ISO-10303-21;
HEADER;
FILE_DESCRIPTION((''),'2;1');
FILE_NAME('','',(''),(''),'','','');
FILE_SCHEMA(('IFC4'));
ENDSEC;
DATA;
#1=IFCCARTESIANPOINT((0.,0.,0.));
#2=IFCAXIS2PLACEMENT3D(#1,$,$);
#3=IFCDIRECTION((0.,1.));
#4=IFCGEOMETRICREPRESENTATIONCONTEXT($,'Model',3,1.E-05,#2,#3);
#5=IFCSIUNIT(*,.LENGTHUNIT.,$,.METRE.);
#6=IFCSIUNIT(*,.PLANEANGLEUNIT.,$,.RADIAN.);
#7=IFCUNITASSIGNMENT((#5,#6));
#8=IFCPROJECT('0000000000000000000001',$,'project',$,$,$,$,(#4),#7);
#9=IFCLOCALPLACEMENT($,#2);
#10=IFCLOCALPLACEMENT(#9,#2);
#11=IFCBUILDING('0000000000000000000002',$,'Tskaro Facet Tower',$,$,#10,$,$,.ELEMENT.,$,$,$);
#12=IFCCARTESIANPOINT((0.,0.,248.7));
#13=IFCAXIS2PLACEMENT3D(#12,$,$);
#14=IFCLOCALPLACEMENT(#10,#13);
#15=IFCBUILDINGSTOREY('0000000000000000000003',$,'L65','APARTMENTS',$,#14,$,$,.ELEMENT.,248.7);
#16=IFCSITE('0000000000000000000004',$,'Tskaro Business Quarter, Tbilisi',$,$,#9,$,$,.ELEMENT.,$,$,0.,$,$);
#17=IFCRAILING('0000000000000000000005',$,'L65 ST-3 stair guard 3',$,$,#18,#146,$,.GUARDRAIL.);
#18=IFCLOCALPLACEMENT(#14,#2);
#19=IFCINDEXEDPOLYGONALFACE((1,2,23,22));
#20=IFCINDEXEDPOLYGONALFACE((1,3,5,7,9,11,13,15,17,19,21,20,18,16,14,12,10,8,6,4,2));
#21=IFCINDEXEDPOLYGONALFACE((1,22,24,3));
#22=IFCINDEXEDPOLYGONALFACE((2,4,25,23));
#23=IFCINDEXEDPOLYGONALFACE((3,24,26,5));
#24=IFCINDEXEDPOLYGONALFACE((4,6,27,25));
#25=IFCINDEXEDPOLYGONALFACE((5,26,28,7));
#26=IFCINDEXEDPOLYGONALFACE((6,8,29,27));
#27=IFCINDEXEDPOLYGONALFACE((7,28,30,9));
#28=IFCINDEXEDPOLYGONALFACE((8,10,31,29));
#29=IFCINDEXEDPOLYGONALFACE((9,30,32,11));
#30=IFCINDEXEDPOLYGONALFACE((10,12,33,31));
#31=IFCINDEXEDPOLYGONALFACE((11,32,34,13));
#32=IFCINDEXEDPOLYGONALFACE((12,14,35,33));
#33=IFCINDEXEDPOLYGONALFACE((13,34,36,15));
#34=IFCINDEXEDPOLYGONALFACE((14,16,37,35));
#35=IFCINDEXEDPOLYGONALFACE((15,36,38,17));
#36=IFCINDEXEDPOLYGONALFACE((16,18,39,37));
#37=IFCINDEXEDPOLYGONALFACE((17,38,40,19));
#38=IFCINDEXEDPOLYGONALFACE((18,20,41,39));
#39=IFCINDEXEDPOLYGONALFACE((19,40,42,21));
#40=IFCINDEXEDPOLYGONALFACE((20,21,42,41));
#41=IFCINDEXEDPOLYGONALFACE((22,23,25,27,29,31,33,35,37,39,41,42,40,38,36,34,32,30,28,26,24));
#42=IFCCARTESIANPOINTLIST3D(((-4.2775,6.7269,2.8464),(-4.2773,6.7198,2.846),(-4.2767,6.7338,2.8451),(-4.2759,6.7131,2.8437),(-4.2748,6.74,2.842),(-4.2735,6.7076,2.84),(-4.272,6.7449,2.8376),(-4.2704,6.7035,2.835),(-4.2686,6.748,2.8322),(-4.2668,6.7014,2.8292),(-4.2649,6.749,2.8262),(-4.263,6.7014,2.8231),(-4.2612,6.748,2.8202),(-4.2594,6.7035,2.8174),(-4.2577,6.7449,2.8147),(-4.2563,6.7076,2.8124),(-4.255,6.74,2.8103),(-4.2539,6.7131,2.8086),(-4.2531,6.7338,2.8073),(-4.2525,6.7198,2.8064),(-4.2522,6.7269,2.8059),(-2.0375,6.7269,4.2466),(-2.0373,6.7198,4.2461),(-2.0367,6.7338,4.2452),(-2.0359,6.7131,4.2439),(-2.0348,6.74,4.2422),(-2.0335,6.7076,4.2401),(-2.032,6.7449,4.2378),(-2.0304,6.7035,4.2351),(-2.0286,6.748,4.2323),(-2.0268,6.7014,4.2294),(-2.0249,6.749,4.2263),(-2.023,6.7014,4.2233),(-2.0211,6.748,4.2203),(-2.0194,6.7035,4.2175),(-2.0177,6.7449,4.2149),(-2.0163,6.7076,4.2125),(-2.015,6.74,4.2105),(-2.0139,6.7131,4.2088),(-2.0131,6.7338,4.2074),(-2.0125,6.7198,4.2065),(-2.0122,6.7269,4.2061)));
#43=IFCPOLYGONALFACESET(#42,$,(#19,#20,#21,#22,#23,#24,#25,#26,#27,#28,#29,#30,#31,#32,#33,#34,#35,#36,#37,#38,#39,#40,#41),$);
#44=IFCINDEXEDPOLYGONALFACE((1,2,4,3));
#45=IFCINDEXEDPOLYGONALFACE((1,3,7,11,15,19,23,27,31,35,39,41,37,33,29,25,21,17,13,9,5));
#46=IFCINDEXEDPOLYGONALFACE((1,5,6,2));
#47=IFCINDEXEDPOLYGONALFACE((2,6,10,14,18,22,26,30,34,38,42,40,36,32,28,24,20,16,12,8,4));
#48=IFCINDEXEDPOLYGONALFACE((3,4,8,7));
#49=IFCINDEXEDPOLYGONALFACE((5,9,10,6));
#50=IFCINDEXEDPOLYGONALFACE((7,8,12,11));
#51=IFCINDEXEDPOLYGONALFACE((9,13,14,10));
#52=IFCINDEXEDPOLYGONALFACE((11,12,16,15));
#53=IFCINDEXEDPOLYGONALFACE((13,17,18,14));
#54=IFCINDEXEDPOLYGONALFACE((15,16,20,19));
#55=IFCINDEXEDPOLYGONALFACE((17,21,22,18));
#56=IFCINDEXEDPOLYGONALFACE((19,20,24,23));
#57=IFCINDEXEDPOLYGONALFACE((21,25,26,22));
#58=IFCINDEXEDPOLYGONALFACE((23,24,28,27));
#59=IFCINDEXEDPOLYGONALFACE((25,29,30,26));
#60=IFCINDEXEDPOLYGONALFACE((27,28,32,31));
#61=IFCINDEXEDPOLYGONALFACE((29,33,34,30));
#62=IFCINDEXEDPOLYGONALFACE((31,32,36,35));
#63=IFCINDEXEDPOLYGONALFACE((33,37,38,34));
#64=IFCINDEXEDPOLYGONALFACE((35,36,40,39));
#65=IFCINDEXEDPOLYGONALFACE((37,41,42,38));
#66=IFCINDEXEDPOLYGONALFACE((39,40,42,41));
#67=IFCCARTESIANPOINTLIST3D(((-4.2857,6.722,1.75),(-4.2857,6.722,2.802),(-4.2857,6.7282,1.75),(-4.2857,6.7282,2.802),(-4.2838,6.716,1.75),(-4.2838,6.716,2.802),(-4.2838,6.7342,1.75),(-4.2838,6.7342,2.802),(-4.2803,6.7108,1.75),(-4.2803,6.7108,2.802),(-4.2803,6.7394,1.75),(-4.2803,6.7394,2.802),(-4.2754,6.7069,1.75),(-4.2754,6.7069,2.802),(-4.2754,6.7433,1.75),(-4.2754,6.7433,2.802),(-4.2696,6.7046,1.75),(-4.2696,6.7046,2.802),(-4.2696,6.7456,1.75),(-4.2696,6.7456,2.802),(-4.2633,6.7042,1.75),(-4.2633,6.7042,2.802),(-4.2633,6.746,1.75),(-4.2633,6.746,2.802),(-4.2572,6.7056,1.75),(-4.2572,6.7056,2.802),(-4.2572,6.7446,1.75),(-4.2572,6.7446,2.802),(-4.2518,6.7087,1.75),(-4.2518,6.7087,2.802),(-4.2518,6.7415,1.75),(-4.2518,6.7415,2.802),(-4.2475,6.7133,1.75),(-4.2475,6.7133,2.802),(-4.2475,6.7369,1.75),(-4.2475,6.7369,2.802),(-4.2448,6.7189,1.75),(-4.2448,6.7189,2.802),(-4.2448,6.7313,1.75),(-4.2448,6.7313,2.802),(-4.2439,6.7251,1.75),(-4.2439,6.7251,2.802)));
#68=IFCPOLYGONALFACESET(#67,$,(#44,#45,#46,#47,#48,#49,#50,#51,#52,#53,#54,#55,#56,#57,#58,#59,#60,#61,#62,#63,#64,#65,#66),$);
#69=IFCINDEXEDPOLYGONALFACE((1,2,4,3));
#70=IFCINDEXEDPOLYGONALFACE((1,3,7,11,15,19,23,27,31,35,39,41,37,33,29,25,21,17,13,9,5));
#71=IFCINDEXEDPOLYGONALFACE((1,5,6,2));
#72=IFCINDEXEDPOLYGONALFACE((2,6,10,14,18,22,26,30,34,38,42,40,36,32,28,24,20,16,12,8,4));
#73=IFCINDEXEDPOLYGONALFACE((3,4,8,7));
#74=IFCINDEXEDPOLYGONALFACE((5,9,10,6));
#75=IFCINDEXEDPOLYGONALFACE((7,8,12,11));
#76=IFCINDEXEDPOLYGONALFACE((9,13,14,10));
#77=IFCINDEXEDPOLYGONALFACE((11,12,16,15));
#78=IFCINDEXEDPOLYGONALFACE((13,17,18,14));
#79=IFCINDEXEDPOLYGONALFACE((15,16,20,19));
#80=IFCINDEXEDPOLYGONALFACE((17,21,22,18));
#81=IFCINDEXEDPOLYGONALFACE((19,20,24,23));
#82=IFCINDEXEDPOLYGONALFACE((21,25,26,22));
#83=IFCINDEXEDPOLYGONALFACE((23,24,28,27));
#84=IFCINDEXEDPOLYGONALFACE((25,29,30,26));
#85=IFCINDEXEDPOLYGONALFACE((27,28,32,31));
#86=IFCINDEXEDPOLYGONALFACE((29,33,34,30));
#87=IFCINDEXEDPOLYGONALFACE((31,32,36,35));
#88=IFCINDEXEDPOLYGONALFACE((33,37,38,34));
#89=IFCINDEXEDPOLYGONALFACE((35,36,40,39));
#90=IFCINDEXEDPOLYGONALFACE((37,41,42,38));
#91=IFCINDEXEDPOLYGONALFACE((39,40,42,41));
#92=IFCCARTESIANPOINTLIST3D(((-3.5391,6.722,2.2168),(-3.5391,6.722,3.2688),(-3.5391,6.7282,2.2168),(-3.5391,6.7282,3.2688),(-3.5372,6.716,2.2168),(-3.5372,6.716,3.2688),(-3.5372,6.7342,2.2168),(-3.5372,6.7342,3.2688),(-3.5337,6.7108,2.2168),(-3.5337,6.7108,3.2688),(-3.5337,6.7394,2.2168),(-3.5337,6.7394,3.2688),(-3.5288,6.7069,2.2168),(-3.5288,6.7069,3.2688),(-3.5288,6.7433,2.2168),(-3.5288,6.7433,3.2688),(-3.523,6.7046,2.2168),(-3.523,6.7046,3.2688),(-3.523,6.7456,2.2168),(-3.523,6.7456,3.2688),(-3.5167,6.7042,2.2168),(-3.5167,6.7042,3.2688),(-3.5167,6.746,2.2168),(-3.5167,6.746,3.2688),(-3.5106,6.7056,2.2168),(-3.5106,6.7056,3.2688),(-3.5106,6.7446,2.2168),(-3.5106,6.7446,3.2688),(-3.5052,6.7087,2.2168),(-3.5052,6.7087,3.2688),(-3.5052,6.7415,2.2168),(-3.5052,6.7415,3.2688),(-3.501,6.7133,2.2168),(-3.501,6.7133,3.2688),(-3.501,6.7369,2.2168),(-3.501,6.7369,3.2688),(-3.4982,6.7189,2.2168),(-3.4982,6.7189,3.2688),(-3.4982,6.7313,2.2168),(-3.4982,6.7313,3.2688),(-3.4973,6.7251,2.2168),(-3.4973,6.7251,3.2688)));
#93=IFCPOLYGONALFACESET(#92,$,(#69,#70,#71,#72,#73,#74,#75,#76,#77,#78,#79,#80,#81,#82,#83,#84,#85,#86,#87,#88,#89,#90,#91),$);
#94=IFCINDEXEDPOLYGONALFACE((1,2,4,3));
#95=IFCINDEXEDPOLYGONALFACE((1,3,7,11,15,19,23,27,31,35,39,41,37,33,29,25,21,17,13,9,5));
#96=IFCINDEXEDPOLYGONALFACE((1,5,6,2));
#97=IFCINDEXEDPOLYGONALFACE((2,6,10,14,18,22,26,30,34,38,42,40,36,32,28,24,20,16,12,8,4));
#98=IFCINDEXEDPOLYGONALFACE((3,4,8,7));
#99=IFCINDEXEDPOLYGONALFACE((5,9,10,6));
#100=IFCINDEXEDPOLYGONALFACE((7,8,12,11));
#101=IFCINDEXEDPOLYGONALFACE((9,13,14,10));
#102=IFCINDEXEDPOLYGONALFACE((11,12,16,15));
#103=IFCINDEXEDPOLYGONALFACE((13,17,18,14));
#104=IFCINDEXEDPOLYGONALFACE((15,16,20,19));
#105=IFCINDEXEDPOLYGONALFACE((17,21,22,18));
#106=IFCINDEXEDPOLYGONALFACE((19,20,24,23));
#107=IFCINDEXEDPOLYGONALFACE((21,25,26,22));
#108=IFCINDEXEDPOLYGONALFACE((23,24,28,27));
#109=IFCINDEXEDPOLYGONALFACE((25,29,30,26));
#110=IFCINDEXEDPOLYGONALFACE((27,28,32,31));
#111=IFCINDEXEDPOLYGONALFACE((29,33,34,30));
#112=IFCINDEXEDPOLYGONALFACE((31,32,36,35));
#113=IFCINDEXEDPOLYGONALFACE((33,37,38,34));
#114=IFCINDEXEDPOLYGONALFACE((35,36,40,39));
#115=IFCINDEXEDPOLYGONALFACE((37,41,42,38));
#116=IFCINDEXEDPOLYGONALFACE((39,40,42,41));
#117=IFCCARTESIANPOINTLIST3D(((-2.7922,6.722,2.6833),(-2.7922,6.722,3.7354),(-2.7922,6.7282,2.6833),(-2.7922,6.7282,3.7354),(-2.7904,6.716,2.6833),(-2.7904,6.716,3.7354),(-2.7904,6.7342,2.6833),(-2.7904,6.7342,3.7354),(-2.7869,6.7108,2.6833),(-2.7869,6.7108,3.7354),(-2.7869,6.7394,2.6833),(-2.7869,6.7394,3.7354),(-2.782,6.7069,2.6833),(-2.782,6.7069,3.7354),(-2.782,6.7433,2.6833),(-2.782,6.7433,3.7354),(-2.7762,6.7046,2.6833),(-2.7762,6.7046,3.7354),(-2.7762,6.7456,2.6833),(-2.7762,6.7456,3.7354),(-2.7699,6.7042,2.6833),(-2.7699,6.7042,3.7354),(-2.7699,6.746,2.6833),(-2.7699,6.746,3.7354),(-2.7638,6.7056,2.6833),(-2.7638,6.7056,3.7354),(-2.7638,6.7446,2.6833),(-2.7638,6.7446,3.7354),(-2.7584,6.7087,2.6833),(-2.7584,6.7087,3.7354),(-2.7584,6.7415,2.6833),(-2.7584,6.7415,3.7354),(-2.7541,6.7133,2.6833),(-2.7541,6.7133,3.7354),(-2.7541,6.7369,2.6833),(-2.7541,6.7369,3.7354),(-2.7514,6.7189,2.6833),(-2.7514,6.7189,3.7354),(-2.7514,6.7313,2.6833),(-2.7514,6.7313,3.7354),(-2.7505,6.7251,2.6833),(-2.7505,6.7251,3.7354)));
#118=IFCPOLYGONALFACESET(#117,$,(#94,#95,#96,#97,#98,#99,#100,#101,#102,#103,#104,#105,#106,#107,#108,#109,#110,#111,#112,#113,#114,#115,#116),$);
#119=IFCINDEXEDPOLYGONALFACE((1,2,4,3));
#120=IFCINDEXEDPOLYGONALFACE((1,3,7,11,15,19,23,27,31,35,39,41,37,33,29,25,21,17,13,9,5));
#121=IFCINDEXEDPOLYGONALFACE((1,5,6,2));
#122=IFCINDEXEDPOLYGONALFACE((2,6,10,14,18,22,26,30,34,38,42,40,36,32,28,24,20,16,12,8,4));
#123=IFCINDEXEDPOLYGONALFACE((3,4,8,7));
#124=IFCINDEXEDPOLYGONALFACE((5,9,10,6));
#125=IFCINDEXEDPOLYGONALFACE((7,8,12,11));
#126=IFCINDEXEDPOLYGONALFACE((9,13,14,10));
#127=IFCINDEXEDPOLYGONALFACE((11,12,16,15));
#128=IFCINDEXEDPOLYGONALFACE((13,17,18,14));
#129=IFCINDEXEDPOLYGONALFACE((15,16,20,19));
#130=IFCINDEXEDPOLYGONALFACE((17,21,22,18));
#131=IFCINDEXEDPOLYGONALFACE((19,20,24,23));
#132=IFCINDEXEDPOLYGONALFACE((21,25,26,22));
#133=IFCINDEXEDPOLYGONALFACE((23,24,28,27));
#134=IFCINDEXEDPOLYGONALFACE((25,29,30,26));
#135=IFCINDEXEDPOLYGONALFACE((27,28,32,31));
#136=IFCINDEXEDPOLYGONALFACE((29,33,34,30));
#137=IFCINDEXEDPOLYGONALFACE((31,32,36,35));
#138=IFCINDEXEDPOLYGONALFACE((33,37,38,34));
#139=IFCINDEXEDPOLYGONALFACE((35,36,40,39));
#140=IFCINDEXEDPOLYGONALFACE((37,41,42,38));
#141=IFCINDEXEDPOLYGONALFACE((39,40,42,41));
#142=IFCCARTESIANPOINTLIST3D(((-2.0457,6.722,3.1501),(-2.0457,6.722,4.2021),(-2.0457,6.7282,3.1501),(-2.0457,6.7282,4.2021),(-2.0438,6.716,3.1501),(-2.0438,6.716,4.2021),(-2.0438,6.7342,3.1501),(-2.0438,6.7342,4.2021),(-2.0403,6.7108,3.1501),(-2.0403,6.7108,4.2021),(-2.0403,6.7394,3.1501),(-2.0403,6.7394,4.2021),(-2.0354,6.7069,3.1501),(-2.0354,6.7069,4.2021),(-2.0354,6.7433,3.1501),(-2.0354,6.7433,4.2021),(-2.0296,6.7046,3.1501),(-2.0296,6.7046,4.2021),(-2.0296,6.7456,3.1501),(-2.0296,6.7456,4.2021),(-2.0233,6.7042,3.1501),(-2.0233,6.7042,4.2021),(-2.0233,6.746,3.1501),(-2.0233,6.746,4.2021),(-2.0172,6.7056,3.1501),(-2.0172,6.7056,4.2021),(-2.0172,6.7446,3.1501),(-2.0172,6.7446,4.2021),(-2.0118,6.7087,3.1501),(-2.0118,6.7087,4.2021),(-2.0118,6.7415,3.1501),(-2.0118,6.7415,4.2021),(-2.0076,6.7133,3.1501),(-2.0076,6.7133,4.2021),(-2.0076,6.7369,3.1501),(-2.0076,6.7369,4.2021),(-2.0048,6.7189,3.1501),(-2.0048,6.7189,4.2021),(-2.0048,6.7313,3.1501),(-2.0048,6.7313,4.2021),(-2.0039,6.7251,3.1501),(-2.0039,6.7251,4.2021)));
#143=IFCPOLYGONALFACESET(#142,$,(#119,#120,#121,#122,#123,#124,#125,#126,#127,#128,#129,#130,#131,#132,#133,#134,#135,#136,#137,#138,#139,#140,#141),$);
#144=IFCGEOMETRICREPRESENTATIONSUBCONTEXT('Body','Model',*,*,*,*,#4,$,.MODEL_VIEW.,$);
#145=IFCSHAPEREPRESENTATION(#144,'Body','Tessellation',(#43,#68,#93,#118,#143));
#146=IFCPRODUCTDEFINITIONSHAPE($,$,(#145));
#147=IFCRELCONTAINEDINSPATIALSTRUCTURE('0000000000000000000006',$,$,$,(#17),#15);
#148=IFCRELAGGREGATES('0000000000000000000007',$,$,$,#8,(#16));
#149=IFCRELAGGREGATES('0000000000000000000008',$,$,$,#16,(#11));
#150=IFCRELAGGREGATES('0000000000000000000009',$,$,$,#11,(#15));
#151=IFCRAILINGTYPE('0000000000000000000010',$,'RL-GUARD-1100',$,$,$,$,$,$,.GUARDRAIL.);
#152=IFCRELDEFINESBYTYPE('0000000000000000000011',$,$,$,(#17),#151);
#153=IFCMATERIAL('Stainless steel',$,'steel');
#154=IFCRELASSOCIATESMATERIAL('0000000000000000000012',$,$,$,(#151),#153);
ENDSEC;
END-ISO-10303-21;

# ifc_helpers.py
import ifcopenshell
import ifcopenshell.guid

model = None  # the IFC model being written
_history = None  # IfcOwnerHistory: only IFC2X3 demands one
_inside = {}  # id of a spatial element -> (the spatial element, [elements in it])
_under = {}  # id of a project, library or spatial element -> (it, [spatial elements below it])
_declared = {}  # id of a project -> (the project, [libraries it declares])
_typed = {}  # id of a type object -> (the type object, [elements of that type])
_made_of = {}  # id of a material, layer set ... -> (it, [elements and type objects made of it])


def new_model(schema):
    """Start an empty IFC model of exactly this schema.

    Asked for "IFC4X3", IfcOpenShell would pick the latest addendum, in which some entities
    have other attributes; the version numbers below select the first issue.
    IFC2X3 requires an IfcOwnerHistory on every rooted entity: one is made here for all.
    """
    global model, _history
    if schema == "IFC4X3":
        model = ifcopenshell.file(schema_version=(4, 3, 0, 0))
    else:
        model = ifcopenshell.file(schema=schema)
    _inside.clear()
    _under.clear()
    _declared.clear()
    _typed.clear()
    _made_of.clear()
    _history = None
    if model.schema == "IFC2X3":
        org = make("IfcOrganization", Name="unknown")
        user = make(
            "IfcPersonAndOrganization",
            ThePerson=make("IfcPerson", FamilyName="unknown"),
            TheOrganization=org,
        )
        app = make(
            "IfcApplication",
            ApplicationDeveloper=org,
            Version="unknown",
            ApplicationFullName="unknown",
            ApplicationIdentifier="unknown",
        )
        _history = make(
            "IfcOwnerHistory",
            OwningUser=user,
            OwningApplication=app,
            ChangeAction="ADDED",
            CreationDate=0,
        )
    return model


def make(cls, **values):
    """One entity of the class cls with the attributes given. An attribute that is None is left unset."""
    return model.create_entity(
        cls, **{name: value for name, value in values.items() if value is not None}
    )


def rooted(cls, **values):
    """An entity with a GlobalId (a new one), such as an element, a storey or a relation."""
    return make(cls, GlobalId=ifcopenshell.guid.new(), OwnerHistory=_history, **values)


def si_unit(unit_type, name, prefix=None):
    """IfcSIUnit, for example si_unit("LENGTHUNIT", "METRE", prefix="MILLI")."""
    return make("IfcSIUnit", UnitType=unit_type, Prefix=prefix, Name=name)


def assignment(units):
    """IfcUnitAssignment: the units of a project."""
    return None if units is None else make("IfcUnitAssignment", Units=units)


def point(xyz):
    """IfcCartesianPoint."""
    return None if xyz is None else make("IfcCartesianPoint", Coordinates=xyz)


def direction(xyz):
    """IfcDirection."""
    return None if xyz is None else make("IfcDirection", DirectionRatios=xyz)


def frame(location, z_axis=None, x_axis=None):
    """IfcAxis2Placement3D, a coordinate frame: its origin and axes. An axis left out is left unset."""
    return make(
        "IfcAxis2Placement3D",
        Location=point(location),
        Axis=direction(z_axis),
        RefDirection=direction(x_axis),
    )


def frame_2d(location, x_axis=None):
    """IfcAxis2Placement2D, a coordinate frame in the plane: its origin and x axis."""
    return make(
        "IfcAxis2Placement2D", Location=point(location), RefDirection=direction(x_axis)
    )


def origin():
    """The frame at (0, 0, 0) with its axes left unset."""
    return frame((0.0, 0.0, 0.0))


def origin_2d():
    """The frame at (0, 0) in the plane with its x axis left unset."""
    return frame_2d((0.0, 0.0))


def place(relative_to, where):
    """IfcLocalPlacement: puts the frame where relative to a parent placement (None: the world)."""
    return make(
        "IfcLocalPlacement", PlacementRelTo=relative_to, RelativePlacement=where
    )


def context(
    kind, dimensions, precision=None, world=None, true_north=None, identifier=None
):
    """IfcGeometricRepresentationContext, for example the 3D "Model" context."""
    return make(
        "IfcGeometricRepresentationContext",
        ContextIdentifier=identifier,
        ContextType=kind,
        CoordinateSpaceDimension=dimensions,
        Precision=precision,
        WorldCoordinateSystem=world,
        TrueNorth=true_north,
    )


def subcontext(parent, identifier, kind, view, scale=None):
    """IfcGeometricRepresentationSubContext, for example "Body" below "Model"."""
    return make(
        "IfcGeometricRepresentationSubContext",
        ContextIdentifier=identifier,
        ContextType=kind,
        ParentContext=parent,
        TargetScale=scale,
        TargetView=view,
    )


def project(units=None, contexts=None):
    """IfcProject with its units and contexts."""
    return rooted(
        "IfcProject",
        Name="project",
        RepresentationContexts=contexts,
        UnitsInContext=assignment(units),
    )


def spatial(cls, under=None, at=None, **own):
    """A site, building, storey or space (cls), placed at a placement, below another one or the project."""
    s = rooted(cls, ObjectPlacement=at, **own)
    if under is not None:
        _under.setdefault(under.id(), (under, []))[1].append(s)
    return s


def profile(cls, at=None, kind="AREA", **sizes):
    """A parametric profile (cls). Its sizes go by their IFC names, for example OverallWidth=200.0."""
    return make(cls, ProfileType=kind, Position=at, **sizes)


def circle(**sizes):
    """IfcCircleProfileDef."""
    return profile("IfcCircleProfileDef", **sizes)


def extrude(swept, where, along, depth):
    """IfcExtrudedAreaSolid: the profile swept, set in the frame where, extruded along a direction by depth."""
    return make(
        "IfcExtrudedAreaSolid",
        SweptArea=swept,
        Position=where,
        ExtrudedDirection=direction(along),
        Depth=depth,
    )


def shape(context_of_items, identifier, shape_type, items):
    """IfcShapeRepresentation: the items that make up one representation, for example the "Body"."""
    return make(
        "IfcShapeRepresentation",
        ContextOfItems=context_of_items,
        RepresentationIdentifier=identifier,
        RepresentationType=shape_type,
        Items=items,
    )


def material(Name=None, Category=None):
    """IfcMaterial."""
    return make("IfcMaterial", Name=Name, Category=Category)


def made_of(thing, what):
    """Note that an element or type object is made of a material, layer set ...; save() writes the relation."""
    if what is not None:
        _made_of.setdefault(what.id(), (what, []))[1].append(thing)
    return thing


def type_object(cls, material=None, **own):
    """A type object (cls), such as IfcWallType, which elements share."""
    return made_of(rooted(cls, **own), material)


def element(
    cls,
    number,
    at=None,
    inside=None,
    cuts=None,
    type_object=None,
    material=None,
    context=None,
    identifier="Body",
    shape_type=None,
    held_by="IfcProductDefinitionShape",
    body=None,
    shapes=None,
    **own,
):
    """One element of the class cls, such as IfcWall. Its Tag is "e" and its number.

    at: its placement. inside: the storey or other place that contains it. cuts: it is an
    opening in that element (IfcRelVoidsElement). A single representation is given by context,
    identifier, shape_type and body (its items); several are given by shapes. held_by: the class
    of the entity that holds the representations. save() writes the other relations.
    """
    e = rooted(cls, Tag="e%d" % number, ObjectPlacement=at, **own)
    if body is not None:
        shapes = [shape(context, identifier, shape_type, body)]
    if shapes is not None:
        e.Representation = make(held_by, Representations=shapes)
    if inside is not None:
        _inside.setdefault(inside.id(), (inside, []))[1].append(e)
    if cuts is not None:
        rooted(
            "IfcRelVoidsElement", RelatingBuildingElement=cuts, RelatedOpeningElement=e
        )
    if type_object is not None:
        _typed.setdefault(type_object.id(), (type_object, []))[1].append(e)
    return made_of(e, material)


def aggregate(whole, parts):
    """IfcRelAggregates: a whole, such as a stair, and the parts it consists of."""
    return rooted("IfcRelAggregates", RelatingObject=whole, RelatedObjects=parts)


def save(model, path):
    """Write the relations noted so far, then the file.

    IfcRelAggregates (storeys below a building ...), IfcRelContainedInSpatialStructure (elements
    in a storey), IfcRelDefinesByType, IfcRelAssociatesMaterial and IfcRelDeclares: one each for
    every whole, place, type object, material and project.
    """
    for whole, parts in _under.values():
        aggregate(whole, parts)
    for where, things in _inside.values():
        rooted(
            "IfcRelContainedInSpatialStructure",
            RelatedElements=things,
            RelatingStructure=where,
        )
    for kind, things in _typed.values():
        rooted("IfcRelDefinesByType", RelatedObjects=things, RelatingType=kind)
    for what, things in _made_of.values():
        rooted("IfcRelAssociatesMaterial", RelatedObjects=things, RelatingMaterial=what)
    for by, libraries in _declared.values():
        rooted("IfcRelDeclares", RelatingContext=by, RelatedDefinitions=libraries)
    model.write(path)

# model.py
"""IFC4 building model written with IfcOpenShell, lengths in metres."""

from ifc_helpers import new_model, si_unit, direction, frame, origin, origin_2d, place, context, subcontext, project, spatial, circle, extrude, material, type_object, element, save


model = new_model("IFC4")

# Units and contexts
model_context = context("Model", 3, precision=1e-05, world=origin(), true_north=direction((0.0, 1.0)))
body_context = subcontext(model_context, "Body", "Model", "MODEL_VIEW")
ifc_project = project(units=[si_unit("LENGTHUNIT", "METRE"), si_unit("PLANEANGLEUNIT", "RADIAN")], contexts=[model_context])

# Site, building, storey
site_placement = place(None, origin())
site = spatial("IfcSite", under=ifc_project, at=site_placement, Name="Tskaro Business Quarter, Tbilisi", CompositionType="ELEMENT", RefElevation=0.0)
building_placement = place(site_placement, origin())
building = spatial("IfcBuilding", under=site, at=building_placement, Name="Tskaro Facet Tower", CompositionType="ELEMENT")
storey_placement = place(building_placement, frame((0.0, 0.0, 248.7)))
storey = spatial("IfcBuildingStorey", under=building, at=storey_placement, Name="L65", Description="APARTMENTS", CompositionType="ELEMENT", Elevation=248.7)

# Railing
ifc_material_1 = material(Name="Stainless steel", Category="steel")
railing_type_1 = type_object("IfcRailingType", Name="RL-GUARD-1100", PredefinedType="GUARDRAIL", material=ifc_material_1)
railing_1_placement = place(storey_placement, frame((-4.2649, 6.7251, 1.75)))
element("IfcRailing", 1, at=railing_1_placement, inside=storey, type_object=railing_type_1, Name="L65 ST-3 stair guard 3", PredefinedType="GUARDRAIL", context=body_context, shape_type="SweptSolid", body=[
    extrude(circle(Radius=0.0239, at=origin_2d()), frame((0.0, 0.0, 1.0762), z_axis=(0.847972, 0.0, 0.53004), x_axis=(0.0, 1.0, 0.0)), (0.0, 0.0, 1.0), 2.6416),
    extrude(circle(Radius=0.021, at=origin_2d()), origin(), (0.0, 0.0, 1.0), 1.052),
    extrude(circle(Radius=0.021, at=origin_2d()), frame((0.7466, 0.0, 0.4668)), (0.0, 0.0, 1.0), 1.052),
    extrude(circle(Radius=0.021, at=origin_2d()), frame((1.4934, 0.0, 0.9333)), (0.0, 0.0, 1.0), 1.052),
    extrude(circle(Radius=0.021, at=origin_2d()), frame((2.24, 0.0, 1.4001)), (0.0, 0.0, 1.0), 1.052),
])

save(model, "model.ifc")
